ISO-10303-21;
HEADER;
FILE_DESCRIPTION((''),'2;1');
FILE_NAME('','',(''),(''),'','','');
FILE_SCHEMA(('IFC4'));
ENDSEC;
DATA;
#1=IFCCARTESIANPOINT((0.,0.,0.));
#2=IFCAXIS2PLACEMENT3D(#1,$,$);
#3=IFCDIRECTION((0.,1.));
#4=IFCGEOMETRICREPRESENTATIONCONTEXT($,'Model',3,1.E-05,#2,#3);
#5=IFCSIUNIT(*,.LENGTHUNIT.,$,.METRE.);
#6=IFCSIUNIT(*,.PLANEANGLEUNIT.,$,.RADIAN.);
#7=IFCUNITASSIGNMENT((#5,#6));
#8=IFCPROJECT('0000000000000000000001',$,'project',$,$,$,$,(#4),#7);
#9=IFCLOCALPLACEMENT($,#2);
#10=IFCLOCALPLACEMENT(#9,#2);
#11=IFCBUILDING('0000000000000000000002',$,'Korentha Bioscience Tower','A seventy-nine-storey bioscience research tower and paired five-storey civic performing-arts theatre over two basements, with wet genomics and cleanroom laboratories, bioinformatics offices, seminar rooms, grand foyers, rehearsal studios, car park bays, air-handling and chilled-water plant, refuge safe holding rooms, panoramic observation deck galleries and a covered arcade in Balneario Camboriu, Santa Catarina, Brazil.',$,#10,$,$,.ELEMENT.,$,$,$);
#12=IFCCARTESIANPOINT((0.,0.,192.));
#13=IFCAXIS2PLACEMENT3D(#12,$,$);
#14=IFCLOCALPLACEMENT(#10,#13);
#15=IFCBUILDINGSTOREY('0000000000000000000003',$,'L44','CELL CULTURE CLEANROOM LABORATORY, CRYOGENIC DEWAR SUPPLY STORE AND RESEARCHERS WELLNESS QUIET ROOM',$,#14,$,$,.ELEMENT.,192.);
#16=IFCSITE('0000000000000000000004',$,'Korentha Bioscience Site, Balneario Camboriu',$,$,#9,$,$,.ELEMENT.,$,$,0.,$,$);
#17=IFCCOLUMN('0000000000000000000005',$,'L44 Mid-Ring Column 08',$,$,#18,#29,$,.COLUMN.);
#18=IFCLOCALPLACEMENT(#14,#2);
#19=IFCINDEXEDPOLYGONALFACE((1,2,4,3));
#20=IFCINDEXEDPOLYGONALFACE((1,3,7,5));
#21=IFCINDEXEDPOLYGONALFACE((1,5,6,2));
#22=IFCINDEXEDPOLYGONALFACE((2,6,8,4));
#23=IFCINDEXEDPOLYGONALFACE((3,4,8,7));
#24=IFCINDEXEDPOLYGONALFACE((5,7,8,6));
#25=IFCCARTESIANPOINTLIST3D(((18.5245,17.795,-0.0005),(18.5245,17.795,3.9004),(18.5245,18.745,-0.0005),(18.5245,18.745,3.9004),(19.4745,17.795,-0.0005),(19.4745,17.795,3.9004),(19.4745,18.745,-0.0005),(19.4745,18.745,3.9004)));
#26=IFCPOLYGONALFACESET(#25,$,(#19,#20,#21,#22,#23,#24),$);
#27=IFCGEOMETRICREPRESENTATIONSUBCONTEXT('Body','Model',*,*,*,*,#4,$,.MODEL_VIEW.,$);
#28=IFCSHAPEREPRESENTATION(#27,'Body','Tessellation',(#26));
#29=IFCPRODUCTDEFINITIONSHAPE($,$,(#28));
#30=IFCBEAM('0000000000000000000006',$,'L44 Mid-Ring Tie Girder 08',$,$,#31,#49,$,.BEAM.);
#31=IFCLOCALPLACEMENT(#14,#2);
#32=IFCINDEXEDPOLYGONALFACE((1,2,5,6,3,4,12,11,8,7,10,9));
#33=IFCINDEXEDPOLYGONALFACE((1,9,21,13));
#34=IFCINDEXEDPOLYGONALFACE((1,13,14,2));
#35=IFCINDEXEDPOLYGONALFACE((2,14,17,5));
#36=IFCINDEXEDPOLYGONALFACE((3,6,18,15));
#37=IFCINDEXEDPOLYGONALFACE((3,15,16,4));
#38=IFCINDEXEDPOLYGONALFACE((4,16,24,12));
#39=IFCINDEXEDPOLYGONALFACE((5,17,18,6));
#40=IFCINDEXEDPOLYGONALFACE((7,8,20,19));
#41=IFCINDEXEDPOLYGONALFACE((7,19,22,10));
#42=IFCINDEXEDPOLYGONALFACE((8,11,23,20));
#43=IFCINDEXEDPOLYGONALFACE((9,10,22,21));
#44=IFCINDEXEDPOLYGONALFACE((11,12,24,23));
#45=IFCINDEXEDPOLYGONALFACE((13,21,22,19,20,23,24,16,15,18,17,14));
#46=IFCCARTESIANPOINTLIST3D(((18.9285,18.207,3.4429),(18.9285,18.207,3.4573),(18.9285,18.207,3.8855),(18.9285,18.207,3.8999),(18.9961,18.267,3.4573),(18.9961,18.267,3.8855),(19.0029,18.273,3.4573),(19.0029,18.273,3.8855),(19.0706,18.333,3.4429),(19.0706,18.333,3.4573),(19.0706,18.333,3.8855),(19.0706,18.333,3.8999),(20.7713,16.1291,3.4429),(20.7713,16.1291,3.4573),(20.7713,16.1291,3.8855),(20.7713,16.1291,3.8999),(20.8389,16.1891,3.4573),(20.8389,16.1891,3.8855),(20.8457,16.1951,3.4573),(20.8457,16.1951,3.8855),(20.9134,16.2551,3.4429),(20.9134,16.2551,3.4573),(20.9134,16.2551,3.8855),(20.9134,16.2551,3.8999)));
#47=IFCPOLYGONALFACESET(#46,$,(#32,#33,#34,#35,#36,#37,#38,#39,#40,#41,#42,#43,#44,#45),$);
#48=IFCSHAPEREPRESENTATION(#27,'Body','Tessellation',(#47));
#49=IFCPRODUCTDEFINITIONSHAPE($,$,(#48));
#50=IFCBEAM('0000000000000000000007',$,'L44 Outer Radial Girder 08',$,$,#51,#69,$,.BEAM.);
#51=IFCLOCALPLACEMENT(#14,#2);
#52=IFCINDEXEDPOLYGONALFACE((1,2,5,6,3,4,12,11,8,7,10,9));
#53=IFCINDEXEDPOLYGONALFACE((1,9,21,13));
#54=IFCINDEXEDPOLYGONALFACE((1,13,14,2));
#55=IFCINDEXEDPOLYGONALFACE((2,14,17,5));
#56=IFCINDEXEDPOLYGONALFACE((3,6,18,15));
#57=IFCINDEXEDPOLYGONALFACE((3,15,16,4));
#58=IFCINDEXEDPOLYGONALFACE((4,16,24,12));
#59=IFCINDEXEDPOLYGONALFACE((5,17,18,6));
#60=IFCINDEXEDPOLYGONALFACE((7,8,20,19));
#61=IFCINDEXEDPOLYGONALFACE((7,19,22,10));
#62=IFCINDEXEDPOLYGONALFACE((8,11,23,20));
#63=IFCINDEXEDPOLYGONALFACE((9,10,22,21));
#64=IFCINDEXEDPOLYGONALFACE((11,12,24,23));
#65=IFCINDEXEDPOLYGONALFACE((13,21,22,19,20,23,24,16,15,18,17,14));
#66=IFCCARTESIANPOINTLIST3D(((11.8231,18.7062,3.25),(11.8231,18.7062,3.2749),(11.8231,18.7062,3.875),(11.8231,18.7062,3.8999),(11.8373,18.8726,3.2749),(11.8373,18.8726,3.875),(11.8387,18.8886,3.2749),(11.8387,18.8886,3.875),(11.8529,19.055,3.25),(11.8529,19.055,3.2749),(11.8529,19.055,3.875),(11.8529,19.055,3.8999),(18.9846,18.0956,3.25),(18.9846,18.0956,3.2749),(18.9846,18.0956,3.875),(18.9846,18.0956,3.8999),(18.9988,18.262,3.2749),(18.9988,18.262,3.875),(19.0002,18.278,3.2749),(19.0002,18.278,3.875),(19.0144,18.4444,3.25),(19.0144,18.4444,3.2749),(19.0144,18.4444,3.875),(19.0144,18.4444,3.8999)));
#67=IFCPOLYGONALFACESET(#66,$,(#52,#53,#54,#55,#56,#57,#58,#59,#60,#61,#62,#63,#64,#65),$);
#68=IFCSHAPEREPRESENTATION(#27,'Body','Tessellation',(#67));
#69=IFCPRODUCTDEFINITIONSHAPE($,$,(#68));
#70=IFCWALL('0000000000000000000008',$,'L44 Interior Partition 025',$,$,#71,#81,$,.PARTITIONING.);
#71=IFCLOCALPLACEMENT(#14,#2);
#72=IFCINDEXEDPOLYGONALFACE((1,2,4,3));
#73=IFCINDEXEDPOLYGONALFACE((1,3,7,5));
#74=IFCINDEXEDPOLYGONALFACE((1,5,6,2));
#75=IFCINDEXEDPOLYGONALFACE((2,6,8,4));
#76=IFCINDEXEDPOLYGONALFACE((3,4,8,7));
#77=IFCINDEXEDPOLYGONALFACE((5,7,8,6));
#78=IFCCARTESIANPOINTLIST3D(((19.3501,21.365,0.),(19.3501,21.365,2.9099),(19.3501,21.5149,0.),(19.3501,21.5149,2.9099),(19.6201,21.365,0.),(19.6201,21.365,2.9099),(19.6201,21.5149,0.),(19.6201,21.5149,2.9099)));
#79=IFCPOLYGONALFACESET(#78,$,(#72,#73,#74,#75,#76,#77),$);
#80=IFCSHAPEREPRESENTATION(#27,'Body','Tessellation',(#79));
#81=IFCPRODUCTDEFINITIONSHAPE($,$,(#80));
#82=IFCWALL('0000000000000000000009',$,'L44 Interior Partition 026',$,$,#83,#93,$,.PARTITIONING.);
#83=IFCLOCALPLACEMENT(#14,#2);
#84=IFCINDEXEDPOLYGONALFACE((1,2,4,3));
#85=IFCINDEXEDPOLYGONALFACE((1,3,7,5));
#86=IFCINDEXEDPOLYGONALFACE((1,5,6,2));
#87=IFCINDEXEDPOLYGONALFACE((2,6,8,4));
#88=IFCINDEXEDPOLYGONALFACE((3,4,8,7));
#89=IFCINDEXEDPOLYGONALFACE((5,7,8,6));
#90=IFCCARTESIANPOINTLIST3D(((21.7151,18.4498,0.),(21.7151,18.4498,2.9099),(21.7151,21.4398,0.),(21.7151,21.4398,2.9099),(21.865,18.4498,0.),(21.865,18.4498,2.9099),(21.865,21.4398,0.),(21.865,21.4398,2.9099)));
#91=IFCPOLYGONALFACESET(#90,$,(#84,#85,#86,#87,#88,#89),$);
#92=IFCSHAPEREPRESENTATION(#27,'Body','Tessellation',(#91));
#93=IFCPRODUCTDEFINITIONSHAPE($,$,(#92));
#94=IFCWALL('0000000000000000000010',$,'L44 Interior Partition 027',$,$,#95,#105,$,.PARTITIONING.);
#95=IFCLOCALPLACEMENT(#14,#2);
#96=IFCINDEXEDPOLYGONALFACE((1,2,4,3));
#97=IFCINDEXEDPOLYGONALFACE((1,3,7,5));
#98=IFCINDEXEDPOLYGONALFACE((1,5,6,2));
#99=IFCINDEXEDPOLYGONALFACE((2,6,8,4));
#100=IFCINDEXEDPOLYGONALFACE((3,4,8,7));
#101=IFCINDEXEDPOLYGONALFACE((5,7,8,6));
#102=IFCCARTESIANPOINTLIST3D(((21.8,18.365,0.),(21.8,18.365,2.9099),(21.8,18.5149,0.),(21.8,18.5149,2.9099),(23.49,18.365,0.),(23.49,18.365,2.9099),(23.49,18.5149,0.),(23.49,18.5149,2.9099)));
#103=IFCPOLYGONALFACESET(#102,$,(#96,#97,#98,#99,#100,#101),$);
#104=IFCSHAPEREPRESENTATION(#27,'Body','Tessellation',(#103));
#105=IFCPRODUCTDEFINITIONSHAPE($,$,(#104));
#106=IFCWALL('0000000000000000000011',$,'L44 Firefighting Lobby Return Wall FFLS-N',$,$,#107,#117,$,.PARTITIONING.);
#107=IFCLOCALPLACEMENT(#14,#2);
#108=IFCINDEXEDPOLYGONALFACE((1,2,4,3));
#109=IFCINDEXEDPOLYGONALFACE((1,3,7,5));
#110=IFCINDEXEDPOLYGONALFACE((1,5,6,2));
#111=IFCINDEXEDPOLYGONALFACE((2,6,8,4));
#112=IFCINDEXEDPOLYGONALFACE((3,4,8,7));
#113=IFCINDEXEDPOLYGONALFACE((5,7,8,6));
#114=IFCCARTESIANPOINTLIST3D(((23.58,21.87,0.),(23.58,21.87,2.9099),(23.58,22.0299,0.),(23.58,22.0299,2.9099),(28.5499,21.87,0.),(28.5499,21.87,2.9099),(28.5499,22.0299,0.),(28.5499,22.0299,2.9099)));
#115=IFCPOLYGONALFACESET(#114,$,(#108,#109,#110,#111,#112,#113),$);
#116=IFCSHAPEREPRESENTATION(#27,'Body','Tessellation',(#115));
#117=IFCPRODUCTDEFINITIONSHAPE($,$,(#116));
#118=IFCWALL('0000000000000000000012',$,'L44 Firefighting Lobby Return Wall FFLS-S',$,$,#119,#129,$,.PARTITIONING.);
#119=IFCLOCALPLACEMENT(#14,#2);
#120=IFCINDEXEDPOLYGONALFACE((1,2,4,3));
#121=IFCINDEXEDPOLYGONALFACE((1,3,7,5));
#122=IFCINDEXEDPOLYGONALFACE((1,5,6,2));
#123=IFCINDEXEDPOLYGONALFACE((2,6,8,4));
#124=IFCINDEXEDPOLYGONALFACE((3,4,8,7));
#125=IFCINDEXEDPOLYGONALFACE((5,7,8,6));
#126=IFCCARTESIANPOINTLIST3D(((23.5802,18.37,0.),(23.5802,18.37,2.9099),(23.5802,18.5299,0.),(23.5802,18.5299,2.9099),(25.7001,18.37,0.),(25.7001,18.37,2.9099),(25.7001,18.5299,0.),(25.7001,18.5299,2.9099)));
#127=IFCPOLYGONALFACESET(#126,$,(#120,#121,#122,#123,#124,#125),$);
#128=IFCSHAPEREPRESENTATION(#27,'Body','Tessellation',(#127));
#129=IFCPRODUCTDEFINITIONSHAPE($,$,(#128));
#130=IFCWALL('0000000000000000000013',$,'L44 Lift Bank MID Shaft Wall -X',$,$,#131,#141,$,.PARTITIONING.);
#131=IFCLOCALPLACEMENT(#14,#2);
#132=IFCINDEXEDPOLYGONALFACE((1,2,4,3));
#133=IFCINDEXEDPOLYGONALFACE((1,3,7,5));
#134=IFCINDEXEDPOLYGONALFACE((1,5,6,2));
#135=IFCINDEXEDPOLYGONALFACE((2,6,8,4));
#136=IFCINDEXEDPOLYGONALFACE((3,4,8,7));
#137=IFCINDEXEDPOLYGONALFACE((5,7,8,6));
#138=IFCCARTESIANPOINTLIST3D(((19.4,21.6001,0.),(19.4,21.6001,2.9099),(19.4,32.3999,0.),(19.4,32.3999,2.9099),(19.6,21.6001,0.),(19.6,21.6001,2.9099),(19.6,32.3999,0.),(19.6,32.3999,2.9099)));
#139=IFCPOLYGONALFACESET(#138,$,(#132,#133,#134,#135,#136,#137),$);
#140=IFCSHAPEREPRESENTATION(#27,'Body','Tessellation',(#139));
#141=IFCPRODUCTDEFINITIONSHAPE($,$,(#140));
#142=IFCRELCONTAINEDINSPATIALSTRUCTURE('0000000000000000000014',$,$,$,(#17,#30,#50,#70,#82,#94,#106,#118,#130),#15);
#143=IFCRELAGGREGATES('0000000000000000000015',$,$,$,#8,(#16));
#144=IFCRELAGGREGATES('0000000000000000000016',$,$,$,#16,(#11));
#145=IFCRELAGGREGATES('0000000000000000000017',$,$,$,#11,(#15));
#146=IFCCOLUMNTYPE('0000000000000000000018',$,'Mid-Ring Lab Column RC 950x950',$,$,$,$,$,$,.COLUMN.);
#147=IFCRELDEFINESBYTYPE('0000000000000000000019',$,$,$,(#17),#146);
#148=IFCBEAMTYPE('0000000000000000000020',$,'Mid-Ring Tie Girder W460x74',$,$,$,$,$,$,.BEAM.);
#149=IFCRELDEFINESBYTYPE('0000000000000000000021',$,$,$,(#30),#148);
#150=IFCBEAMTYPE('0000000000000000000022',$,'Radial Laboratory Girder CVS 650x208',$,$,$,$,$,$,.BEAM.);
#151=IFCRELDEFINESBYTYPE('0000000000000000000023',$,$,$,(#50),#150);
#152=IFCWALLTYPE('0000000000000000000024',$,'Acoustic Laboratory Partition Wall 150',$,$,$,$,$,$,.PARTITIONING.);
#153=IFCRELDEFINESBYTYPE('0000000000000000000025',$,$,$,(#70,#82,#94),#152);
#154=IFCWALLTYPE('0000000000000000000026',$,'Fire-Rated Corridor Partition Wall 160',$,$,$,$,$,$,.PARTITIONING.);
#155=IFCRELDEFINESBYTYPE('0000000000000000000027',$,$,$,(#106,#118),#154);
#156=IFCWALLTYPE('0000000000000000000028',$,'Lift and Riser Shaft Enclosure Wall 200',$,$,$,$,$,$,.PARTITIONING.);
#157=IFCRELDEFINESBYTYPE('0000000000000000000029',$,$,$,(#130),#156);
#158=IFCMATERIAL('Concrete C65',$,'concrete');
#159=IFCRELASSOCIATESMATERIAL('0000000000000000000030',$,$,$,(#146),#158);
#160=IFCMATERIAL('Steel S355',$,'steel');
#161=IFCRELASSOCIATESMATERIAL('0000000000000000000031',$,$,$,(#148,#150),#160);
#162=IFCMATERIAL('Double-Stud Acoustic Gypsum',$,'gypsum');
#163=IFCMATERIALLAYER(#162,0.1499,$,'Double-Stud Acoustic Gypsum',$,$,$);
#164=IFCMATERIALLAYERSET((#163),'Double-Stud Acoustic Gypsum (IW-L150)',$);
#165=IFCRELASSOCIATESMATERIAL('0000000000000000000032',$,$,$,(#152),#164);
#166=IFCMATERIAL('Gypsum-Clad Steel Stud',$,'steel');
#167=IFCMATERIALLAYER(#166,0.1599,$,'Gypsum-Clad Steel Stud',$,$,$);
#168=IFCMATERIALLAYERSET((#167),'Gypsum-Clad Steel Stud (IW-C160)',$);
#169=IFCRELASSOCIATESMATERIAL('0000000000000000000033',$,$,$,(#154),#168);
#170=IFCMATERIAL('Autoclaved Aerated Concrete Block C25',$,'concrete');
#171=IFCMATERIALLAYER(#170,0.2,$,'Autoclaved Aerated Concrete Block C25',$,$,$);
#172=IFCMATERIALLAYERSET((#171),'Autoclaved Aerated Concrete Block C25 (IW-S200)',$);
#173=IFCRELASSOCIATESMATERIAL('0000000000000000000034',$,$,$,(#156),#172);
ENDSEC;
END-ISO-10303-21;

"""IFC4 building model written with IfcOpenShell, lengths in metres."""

from ifc_helpers import new_model, si_unit, direction, frame, frame_2d, origin, origin_2d, place, context, subcontext, project, spatial, rectangle, i_section, extrude, material, layer, layer_set, material_profile, profile_set, type_object, element, save


model = new_model("IFC4")

# Units and contexts
model_context = context("Model", 3, precision=1e-05, world=origin(), true_north=direction((0.0, 1.0)))
body_context = subcontext(model_context, "Body", "Model", "MODEL_VIEW")
ifc_project = project(units=[si_unit("LENGTHUNIT", "METRE"), si_unit("PLANEANGLEUNIT", "RADIAN")], contexts=[model_context])

# Site, building, storey
site_placement = place(None, origin())
site = spatial("IfcSite", under=ifc_project, at=site_placement, Name="Korentha Bioscience Site, Balneario Camboriu", CompositionType="ELEMENT", RefElevation=0.0)
building_placement = place(site_placement, origin())
building = spatial("IfcBuilding", under=site, at=building_placement, Name="Korentha Bioscience Tower", Description="A seventy-nine-storey bioscience research tower and paired five-storey civic performing-arts theatre over two basements, with wet genomics and cleanroom laboratories, bioinformatics offices, seminar rooms, grand foyers, rehearsal studios, car park bays, air-handling and chilled-water plant, refuge safe holding rooms, panoramic observation deck galleries and a covered arcade in Balneario Camboriu, Santa Catarina, Brazil.", CompositionType="ELEMENT")
storey_placement = place(building_placement, frame((0.0, 0.0, 192.0)))
storey = spatial("IfcBuildingStorey", under=building, at=storey_placement, Name="L44", Description="CELL CULTURE CLEANROOM LABORATORY, CRYOGENIC DEWAR SUPPLY STORE AND RESEARCHERS WELLNESS QUIET ROOM", CompositionType="ELEMENT", Elevation=192.0)

# Column
ifc_material_1 = material(Name="Concrete C65", Category="concrete")
ifc_material_profile_1 = material_profile(ifc_material_1, rectangle(XDim=0.95, YDim=0.95, at=origin_2d()), Name="Concrete C65")
ifc_profile_set_1 = profile_set([ifc_material_profile_1], Name="Concrete C65 (COL-MR09)")
column_type = type_object("IfcColumnType", Name="Mid-Ring Lab Column RC 950x950", PredefinedType="COLUMN", material=ifc_profile_set_1)
column_placement = place(storey_placement, frame((18.9995, 18.27, -0.0005), z_axis=(0.0, 0.0, 1.0), x_axis=(1.0, 0.0, 0.0)))
element("IfcColumn", 1, at=column_placement, inside=storey, type_object=column_type, Name="L44 Mid-Ring Column 08", PredefinedType="COLUMN", context=body_context, shape_type="SweptSolid", body=[
    extrude(rectangle(XDim=0.95, YDim=0.95, at=origin_2d()), origin(), (0.0, 0.0, 1.0), 3.9009),
])

# Beams
ifc_material_2 = material(Name="Steel S355", Category="steel")
ifc_material_profile_2 = material_profile(ifc_material_2, i_section(OverallWidth=0.1899, OverallDepth=0.457, WebThickness=0.009, FlangeThickness=0.0144, at=origin_2d()), Name="Steel S355")
ifc_profile_set_2 = profile_set([ifc_material_profile_2], Name="Steel S355 (MB-460)")
beam_type_1 = type_object("IfcBeamType", Name="Mid-Ring Tie Girder W460x74", PredefinedType="BEAM", material=ifc_profile_set_2)
beam_1_placement = place(storey_placement, frame((18.9995, 18.27, 3.6714), z_axis=(0.663512, -0.748165, 0.0), x_axis=(0.748165, 0.663512, 0.0)))
element("IfcBeam", 2, at=beam_1_placement, inside=storey, type_object=beam_type_1, Name="L44 Mid-Ring Tie Girder 08", PredefinedType="BEAM", context=body_context, shape_type="SweptSolid", body=[
    extrude(i_section(OverallWidth=0.1899, OverallDepth=0.457, WebThickness=0.009, FlangeThickness=0.0144, at=origin_2d()), origin(), (0.0, 0.0, 1.0), 2.7773),
])
ifc_material_profile_3 = material_profile(ifc_material_2, i_section(OverallWidth=0.3501, OverallDepth=0.6499, WebThickness=0.0161, FlangeThickness=0.0249, at=origin_2d()), Name="Steel S355")
ifc_profile_set_3 = profile_set([ifc_material_profile_3], Name="Steel S355 (RB-650)")
beam_type_2 = type_object("IfcBeamType", Name="Radial Laboratory Girder CVS 650x208", PredefinedType="BEAM", material=ifc_profile_set_3)
beam_2_placement = place(storey_placement, frame((18.9995, 18.27, 3.575), z_axis=(-0.996385, 0.084951, 0.0), x_axis=(-0.084951, -0.996385, 0.0)))
element("IfcBeam", 3, at=beam_2_placement, inside=storey, type_object=beam_type_2, Name="L44 Outer Radial Girder 08", PredefinedType="BEAM", context=body_context, shape_type="SweptSolid", body=[
    extrude(i_section(OverallWidth=0.3501, OverallDepth=0.6499, WebThickness=0.0161, FlangeThickness=0.0249, at=origin_2d()), origin(), (0.0, 0.0, 1.0), 7.1875),
])

# Walls
ifc_material_3 = material(Name="Double-Stud Acoustic Gypsum", Category="gypsum")
ifc_layer_1 = layer(ifc_material_3, 0.1499, Name="Double-Stud Acoustic Gypsum")
ifc_layer_set_1 = layer_set([ifc_layer_1], Name="Double-Stud Acoustic Gypsum (IW-L150)")
wall_type_1 = type_object("IfcWallType", Name="Acoustic Laboratory Partition Wall 150", PredefinedType="PARTITIONING", material=ifc_layer_set_1)
wall_1_placement = place(storey_placement, frame((19.3501, 21.4399, 0.0), z_axis=(0.0, 0.0, 1.0), x_axis=(1.0, 0.0, 0.0)))
element("IfcWall", 4, at=wall_1_placement, inside=storey, type_object=wall_type_1, Name="L44 Interior Partition 025", PredefinedType="PARTITIONING", context=body_context, shape_type="SweptSolid", body=[
    extrude(rectangle(XDim=0.27, YDim=0.1499, at=frame_2d((0.135, 0.0))), origin(), (0.0, 0.0, 1.0), 2.9099),
])
wall_2_placement = place(storey_placement, frame((21.79, 21.4399, 0.0), z_axis=(0.0, 0.0, 1.0), x_axis=(0.0, -1.0, 0.0)))
element("IfcWall", 5, at=wall_2_placement, inside=storey, type_object=wall_type_1, Name="L44 Interior Partition 026", PredefinedType="PARTITIONING", context=body_context, shape_type="SweptSolid", body=[
    extrude(rectangle(XDim=2.99, YDim=0.1499, at=frame_2d((1.4951, 0.0))), origin(), (0.0, 0.0, 1.0), 2.9099),
])
wall_3_placement = place(storey_placement, frame((21.8, 18.4399, 0.0), z_axis=(0.0, 0.0, 1.0), x_axis=(1.0, 0.0, 0.0)))
element("IfcWall", 6, at=wall_3_placement, inside=storey, type_object=wall_type_1, Name="L44 Interior Partition 027", PredefinedType="PARTITIONING", context=body_context, shape_type="SweptSolid", body=[
    extrude(rectangle(XDim=1.6899, YDim=0.1499, at=frame_2d((0.845, 0.0))), origin(), (0.0, 0.0, 1.0), 2.9099),
])

# Shared definitions
ifc_material_4 = material(Name="Gypsum-Clad Steel Stud", Category="steel")
ifc_layer_2 = layer(ifc_material_4, 0.1599, Name="Gypsum-Clad Steel Stud")
ifc_layer_set_2 = layer_set([ifc_layer_2], Name="Gypsum-Clad Steel Stud (IW-C160)")
wall_type_2 = type_object("IfcWallType", Name="Fire-Rated Corridor Partition Wall 160", PredefinedType="PARTITIONING", material=ifc_layer_set_2)

# Walls
wall_4_placement = place(storey_placement, frame((23.5801, 21.95, 0.0), z_axis=(0.0, 0.0, 1.0), x_axis=(1.0, 0.0, 0.0)))
element("IfcWall", 7, at=wall_4_placement, inside=storey, type_object=wall_type_2, Name="L44 Firefighting Lobby Return Wall FFLS-N", PredefinedType="PARTITIONING", context=body_context, shape_type="SweptSolid", body=[
    extrude(rectangle(XDim=4.97, YDim=0.1599, at=frame_2d((2.4849, 0.0))), origin(), (0.0, 0.0, 1.0), 2.9099),
])
wall_5_placement = place(storey_placement, frame((23.5801, 18.45, 0.0), z_axis=(0.0, 0.0, 1.0), x_axis=(1.0, 0.0, 0.0)))
element("IfcWall", 8, at=wall_5_placement, inside=storey, type_object=wall_type_2, Name="L44 Firefighting Lobby Return Wall FFLS-S", PredefinedType="PARTITIONING", context=body_context, shape_type="SweptSolid", body=[
    extrude(rectangle(XDim=2.1199, YDim=0.1599, at=frame_2d((1.0601, 0.0))), origin(), (0.0, 0.0, 1.0), 2.9099),
])
ifc_material_5 = material(Name="Autoclaved Aerated Concrete Block C25", Category="concrete")
ifc_layer_3 = layer(ifc_material_5, 0.2, Name="Autoclaved Aerated Concrete Block C25")
ifc_layer_set_3 = layer_set([ifc_layer_3], Name="Autoclaved Aerated Concrete Block C25 (IW-S200)")
wall_type_3 = type_object("IfcWallType", Name="Lift and Riser Shaft Enclosure Wall 200", PredefinedType="PARTITIONING", material=ifc_layer_set_3)
wall_6_placement = place(storey_placement, frame((19.5, 21.6001, 0.0), z_axis=(0.0, 0.0, 1.0), x_axis=(0.0, 1.0, 0.0)))
element("IfcWall", 9, at=wall_6_placement, inside=storey, type_object=wall_type_3, Name="L44 Lift Bank MID Shaft Wall -X", PredefinedType="PARTITIONING", context=body_context, shape_type="SweptSolid", body=[
    extrude(rectangle(XDim=10.7998, YDim=0.2, at=frame_2d((5.3999, 0.0))), origin(), (0.0, 0.0, 1.0), 2.9099),
])

save(model, "model.ifc")
